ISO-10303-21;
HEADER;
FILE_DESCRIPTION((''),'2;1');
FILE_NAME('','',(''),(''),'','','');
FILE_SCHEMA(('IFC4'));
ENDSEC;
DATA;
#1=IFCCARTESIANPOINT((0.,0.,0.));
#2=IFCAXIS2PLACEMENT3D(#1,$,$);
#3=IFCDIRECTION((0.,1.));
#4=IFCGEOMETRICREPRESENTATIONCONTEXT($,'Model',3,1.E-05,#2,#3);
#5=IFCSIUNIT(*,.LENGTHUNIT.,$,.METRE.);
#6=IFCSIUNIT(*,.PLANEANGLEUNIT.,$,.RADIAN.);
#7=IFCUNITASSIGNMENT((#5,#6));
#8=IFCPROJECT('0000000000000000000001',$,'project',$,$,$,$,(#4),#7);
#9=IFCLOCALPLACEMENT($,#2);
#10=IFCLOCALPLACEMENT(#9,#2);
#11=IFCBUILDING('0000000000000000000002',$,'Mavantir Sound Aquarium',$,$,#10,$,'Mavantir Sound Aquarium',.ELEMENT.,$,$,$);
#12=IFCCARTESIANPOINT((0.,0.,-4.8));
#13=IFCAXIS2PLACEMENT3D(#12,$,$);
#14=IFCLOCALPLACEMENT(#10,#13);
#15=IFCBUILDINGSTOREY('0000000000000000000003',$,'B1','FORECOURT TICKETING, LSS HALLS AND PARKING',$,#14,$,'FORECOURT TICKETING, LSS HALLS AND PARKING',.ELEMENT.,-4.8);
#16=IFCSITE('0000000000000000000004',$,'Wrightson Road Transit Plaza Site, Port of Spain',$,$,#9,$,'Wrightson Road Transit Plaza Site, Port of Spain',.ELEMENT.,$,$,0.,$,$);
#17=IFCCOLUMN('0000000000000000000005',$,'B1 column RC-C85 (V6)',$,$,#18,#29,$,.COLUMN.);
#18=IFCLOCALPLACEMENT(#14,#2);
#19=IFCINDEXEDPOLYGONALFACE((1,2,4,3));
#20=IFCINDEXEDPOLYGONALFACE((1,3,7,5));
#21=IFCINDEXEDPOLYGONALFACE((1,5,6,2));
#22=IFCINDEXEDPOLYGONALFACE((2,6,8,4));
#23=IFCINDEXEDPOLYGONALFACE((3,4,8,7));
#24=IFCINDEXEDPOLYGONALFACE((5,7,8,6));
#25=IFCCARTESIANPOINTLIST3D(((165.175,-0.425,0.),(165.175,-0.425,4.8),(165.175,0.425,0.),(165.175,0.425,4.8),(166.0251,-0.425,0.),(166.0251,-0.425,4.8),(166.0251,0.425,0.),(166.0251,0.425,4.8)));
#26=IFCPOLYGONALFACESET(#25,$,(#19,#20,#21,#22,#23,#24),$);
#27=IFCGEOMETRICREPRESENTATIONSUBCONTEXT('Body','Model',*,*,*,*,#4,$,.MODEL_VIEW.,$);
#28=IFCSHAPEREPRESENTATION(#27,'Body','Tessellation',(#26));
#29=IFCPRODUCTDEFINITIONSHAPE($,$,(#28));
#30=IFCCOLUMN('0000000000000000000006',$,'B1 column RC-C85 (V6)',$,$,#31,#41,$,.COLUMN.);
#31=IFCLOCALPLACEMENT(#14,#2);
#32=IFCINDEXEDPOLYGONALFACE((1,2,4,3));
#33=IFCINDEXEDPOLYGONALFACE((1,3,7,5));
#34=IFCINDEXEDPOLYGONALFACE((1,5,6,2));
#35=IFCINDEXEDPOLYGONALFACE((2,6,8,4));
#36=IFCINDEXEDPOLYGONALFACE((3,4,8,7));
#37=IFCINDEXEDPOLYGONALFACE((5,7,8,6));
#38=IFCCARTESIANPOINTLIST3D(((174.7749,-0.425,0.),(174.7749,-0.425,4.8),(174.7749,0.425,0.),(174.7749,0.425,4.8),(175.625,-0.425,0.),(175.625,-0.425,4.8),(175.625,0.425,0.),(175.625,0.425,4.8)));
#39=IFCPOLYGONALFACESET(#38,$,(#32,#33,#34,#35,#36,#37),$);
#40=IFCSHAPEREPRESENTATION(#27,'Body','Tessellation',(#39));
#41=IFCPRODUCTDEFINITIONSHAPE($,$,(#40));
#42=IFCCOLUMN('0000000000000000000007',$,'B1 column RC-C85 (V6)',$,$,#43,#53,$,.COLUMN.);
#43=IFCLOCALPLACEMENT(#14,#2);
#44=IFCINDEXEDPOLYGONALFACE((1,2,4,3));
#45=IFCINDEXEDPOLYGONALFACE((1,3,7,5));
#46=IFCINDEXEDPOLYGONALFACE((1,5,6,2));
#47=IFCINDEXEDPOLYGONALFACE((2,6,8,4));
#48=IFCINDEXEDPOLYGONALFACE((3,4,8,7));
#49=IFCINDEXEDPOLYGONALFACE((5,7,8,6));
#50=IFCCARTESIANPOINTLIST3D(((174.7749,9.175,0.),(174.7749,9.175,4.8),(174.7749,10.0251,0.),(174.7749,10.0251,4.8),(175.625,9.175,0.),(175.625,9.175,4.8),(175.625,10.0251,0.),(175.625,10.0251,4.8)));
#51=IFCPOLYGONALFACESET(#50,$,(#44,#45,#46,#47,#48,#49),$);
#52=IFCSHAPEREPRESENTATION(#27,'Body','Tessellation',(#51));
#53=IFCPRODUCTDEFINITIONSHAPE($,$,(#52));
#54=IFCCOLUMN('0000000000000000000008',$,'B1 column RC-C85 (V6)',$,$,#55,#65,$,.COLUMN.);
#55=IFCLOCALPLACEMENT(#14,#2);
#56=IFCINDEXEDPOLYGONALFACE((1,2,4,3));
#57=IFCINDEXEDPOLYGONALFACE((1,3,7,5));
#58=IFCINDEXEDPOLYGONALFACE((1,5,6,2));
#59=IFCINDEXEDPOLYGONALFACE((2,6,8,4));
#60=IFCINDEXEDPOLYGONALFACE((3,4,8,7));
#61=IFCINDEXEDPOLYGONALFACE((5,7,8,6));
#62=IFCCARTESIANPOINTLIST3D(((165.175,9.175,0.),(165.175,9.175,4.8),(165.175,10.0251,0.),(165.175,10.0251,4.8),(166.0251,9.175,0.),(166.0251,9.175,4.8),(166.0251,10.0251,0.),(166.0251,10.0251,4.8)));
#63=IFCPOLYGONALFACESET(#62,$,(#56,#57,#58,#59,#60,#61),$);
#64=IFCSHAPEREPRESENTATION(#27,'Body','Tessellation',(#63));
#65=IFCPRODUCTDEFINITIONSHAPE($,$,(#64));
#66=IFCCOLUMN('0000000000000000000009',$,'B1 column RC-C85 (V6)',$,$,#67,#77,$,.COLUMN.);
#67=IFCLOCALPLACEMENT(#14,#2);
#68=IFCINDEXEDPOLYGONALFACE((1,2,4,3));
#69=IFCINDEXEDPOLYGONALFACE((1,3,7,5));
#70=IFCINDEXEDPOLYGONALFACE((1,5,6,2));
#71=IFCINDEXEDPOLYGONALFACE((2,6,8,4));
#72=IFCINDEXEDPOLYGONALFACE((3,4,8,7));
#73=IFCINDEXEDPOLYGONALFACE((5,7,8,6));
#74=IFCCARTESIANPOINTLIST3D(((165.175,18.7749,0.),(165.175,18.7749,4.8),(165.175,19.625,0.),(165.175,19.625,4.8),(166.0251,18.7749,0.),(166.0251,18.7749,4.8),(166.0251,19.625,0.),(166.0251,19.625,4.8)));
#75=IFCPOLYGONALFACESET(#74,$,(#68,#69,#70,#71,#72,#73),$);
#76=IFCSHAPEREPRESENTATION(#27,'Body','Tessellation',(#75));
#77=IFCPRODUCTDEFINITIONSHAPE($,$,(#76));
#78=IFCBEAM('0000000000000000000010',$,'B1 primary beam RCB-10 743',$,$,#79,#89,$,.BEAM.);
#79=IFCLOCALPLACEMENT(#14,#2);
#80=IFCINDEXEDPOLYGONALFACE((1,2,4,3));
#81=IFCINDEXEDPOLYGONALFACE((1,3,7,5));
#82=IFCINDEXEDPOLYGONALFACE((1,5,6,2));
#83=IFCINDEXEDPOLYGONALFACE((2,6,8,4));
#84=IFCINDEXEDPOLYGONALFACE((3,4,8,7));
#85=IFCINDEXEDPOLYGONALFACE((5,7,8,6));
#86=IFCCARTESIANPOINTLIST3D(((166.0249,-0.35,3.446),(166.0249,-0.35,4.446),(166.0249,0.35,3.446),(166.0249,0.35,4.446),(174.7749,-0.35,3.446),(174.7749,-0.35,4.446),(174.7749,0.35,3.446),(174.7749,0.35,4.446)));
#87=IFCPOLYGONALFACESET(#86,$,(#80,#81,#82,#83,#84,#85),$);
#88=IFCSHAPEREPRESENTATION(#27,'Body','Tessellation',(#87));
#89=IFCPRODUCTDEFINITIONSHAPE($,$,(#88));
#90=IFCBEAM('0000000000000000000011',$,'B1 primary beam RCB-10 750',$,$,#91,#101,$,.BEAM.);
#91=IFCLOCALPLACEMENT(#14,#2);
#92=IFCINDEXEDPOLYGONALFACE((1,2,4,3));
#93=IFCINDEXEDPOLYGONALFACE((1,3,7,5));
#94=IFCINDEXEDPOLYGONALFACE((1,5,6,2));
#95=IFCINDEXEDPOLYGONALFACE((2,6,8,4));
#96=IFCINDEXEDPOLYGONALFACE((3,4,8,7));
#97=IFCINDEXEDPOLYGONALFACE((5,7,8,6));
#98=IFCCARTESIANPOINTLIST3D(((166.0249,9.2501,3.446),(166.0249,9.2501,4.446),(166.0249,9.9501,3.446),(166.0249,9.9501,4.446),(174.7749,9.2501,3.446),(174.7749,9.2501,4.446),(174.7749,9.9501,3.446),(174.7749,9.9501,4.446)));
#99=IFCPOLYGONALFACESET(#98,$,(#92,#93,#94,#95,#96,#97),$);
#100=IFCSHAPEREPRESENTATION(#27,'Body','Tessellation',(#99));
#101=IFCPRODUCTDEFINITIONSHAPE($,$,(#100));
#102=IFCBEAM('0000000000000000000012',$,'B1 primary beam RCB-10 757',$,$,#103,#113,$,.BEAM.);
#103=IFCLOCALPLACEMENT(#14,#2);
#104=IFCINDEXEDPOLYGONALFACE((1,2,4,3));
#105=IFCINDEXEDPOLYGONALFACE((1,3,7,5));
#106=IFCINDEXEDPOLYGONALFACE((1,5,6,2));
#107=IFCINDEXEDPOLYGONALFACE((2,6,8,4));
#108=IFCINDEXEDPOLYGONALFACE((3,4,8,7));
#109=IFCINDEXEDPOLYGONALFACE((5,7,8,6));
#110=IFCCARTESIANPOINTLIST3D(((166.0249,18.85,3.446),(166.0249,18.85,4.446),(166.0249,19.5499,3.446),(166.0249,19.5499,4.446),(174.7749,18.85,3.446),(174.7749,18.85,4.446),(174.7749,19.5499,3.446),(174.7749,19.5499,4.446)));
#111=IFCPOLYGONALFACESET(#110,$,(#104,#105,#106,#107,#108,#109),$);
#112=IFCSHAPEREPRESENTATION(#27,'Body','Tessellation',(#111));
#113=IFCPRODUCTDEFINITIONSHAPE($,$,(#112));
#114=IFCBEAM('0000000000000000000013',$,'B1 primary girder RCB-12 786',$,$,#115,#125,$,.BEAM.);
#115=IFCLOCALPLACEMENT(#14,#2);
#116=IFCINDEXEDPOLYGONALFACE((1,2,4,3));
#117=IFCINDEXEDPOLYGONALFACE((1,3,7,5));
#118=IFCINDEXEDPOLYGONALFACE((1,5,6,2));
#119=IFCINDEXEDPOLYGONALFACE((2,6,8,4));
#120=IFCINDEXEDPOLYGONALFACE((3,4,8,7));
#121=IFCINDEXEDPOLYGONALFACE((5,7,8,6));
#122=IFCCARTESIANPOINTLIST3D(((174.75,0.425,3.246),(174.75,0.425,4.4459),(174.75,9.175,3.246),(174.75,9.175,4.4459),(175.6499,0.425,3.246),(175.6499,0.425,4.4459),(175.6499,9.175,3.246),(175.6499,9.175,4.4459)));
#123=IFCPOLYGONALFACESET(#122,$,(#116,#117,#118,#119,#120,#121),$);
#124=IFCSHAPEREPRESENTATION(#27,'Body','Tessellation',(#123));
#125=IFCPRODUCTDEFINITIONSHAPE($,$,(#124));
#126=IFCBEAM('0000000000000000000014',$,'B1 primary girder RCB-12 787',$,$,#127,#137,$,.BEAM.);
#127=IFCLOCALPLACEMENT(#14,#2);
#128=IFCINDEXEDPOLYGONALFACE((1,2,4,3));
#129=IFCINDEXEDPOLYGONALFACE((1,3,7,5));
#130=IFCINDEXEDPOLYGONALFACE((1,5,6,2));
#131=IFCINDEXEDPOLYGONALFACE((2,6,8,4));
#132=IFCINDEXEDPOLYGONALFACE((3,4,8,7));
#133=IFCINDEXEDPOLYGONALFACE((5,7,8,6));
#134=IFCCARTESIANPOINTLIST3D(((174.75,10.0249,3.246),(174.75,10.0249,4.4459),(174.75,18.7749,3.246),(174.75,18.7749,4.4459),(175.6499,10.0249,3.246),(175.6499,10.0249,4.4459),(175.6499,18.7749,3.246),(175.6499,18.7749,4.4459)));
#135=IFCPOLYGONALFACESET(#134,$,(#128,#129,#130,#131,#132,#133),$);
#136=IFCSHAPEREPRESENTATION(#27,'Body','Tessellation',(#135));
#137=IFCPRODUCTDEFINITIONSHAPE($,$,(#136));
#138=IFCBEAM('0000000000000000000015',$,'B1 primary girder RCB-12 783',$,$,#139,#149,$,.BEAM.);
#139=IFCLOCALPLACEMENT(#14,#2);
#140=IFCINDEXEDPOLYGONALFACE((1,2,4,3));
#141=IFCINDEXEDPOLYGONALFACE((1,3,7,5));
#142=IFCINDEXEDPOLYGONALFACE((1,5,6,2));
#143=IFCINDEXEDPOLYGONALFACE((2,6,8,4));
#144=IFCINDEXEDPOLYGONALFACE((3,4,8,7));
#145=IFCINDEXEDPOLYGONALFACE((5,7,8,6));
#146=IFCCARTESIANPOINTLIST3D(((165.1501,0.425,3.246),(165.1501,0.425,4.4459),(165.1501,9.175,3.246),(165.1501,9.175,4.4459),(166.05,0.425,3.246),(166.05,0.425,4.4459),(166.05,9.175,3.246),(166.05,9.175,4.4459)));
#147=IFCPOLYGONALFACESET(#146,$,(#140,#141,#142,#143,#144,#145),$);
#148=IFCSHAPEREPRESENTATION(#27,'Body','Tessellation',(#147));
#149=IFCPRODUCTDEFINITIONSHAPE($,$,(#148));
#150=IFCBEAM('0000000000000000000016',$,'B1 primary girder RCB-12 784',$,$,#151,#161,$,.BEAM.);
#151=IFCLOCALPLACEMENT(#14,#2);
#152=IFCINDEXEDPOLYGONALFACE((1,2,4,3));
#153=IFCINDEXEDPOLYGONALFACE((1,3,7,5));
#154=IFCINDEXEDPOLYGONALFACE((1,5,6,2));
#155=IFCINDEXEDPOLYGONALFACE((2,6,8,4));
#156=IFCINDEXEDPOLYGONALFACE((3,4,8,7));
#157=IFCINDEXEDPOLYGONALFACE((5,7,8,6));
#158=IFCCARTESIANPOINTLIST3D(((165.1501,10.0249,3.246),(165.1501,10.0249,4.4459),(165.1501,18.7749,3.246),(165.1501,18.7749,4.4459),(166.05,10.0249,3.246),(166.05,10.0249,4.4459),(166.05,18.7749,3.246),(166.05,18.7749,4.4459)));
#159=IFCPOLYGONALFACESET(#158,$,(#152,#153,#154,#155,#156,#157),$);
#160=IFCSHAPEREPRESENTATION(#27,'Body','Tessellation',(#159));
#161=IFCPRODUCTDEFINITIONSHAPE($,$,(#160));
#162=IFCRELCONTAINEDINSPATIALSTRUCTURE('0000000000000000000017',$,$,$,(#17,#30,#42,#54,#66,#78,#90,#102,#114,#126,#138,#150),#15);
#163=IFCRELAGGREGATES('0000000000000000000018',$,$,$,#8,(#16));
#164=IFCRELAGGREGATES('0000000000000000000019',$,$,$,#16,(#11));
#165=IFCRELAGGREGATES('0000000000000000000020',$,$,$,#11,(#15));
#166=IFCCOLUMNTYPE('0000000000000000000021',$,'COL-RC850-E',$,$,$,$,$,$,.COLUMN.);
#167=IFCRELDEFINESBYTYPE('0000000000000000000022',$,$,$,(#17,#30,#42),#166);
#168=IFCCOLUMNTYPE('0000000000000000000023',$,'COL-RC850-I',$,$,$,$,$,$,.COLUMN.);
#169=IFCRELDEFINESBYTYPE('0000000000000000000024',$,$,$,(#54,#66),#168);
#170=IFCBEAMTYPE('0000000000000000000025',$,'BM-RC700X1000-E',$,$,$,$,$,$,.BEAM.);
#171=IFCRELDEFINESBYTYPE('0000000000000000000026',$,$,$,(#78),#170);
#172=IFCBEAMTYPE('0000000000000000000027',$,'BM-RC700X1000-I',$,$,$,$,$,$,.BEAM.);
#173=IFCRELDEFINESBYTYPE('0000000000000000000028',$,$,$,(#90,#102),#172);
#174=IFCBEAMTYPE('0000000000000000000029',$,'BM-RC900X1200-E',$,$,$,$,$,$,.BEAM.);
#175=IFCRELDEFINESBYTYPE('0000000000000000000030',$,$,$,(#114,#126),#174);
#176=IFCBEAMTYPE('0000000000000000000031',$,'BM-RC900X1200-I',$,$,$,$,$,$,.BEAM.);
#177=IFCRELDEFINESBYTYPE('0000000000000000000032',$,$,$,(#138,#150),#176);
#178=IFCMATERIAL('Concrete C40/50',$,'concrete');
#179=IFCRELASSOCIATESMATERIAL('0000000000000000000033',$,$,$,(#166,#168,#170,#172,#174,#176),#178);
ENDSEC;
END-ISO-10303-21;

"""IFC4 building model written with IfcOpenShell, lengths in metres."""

from ifc_helpers import new_model, si_unit, direction, frame, origin, origin_2d, place, context, subcontext, project, spatial, rectangle, extrude, material, material_profile, profile_set, type_object, element, save


model = new_model("IFC4")

# Units and contexts
model_context = context("Model", 3, precision=1e-05, world=origin(), true_north=direction((0.0, 1.0)))
body_context = subcontext(model_context, "Body", "Model", "MODEL_VIEW")
ifc_project = project(units=[si_unit("LENGTHUNIT", "METRE"), si_unit("PLANEANGLEUNIT", "RADIAN")], contexts=[model_context])

# Site, building, storey
site_placement = place(None, origin())
site = spatial("IfcSite", under=ifc_project, at=site_placement, Name="Wrightson Road Transit Plaza Site, Port of Spain", LongName="Wrightson Road Transit Plaza Site, Port of Spain", CompositionType="ELEMENT", RefElevation=0.0)
building_placement = place(site_placement, origin())
building = spatial("IfcBuilding", under=site, at=building_placement, Name="Mavantir Sound Aquarium", LongName="Mavantir Sound Aquarium", CompositionType="ELEMENT")
storey_placement = place(building_placement, frame((0.0, 0.0, -4.8)))
storey = spatial("IfcBuildingStorey", under=building, at=storey_placement, Name="B1", Description="FORECOURT TICKETING, LSS HALLS AND PARKING", LongName="FORECOURT TICKETING, LSS HALLS AND PARKING", CompositionType="ELEMENT", Elevation=-4.8)

# Columns
ifc_material_1 = material(Name="Concrete C40/50", Category="concrete")
ifc_material_profile_1 = material_profile(ifc_material_1, rectangle(XDim=0.8501, YDim=0.8501, at=origin_2d()), Name="RC 850X850")
ifc_profile_set_1 = profile_set([ifc_material_profile_1], Name="Concrete C40/50")
column_type_1 = type_object("IfcColumnType", Name="COL-RC850-E", PredefinedType="COLUMN", material=ifc_profile_set_1)
for number, where, z_axis, x_axis, name in (
    (1, (165.6001, 0.0, 0.0), (0.0, 0.0, 1.0), (1.0, 0.0, 0.0), "B1 column RC-C85 (V6)"),
    (2, (175.2, 0.0, 0.0), (0.0, 0.0, 1.0), (1.0, 0.0, 0.0), "B1 column RC-C85 (V6)"),
    (3, (175.2, 9.6001, 0.0), (0.0, 0.0, 1.0), (1.0, 0.0, 0.0), "B1 column RC-C85 (V6)"),
):
    element("IfcColumn", number, at=place(storey_placement, frame(where, z_axis=z_axis, x_axis=x_axis)), inside=storey, type_object=column_type_1, Name=name, PredefinedType="COLUMN", context=body_context, shape_type="SweptSolid", body=[
        extrude(rectangle(XDim=0.8501, YDim=0.8501, at=origin_2d()), origin(), (0.0, 0.0, 1.0), 4.8),
    ])
ifc_material_profile_2 = material_profile(ifc_material_1, rectangle(XDim=0.8501, YDim=0.8501, at=origin_2d()), Name="RC 850X850")
ifc_profile_set_2 = profile_set([ifc_material_profile_2], Name="Concrete C40/50")
column_type_2 = type_object("IfcColumnType", Name="COL-RC850-I", PredefinedType="COLUMN", material=ifc_profile_set_2)
for number, where, z_axis, x_axis, name in (
    (4, (165.6001, 9.6001, 0.0), (0.0, 0.0, 1.0), (1.0, 0.0, 0.0), "B1 column RC-C85 (V6)"),
    (5, (165.6001, 19.2, 0.0), (0.0, 0.0, 1.0), (1.0, 0.0, 0.0), "B1 column RC-C85 (V6)"),
):
    element("IfcColumn", number, at=place(storey_placement, frame(where, z_axis=z_axis, x_axis=x_axis)), inside=storey, type_object=column_type_2, Name=name, PredefinedType="COLUMN", context=body_context, shape_type="SweptSolid", body=[
        extrude(rectangle(XDim=0.8501, YDim=0.8501, at=origin_2d()), origin(), (0.0, 0.0, 1.0), 4.8),
    ])

# Beams
ifc_material_profile_3 = material_profile(ifc_material_1, rectangle(XDim=0.7, YDim=1.0, at=origin_2d()), Name="RC 700X1000")
ifc_profile_set_3 = profile_set([ifc_material_profile_3], Name="Concrete C40/50")
beam_type_1 = type_object("IfcBeamType", Name="BM-RC700X1000-E", PredefinedType="BEAM", material=ifc_profile_set_3)
beam_1_placement = place(storey_placement, frame((166.0249, 0.0, 3.946), z_axis=(1.0, 0.0, 0.0), x_axis=(0.0, 1.0, 0.0)))
element("IfcBeam", 6, at=beam_1_placement, inside=storey, type_object=beam_type_1, Name="B1 primary beam RCB-10 743", PredefinedType="BEAM", context=body_context, shape_type="SweptSolid", body=[
    extrude(rectangle(XDim=0.7, YDim=1.0, at=origin_2d()), origin(), (0.0, 0.0, 1.0), 8.75),
])
ifc_material_profile_4 = material_profile(ifc_material_1, rectangle(XDim=0.7, YDim=1.0, at=origin_2d()), Name="RC 700X1000")
ifc_profile_set_4 = profile_set([ifc_material_profile_4], Name="Concrete C40/50")
beam_type_2 = type_object("IfcBeamType", Name="BM-RC700X1000-I", PredefinedType="BEAM", material=ifc_profile_set_4)
for number, where, z_axis, x_axis, name in (
    (7, (166.0249, 9.6001, 3.946), (1.0, 0.0, 0.0), (0.0, 1.0, 0.0), "B1 primary beam RCB-10 750"),
    (8, (166.0249, 19.2, 3.946), (1.0, 0.0, 0.0), (0.0, 1.0, 0.0), "B1 primary beam RCB-10 757"),
):
    element("IfcBeam", number, at=place(storey_placement, frame(where, z_axis=z_axis, x_axis=x_axis)), inside=storey, type_object=beam_type_2, Name=name, PredefinedType="BEAM", context=body_context, shape_type="SweptSolid", body=[
        extrude(rectangle(XDim=0.7, YDim=1.0, at=origin_2d()), origin(), (0.0, 0.0, 1.0), 8.75),
    ])
ifc_material_profile_5 = material_profile(ifc_material_1, rectangle(XDim=0.8999, YDim=1.2, at=origin_2d()), Name="RC 900X1200")
ifc_profile_set_5 = profile_set([ifc_material_profile_5], Name="Concrete C40/50")
beam_type_3 = type_object("IfcBeamType", Name="BM-RC900X1200-E", PredefinedType="BEAM", material=ifc_profile_set_5)
for number, where, z_axis, x_axis, name in (
    (9, (175.2, 0.425, 3.8459), (0.0, 1.0, 0.0), (-1.0, 0.0, 0.0), "B1 primary girder RCB-12 786"),
    (10, (175.2, 10.0249, 3.8459), (0.0, 1.0, 0.0), (-1.0, 0.0, 0.0), "B1 primary girder RCB-12 787"),
):
    element("IfcBeam", number, at=place(storey_placement, frame(where, z_axis=z_axis, x_axis=x_axis)), inside=storey, type_object=beam_type_3, Name=name, PredefinedType="BEAM", context=body_context, shape_type="SweptSolid", body=[
        extrude(rectangle(XDim=0.8999, YDim=1.2, at=origin_2d()), origin(), (0.0, 0.0, 1.0), 8.75),
    ])
ifc_material_profile_6 = material_profile(ifc_material_1, rectangle(XDim=0.8999, YDim=1.2, at=origin_2d()), Name="RC 900X1200")
ifc_profile_set_6 = profile_set([ifc_material_profile_6], Name="Concrete C40/50")
beam_type_4 = type_object("IfcBeamType", Name="BM-RC900X1200-I", PredefinedType="BEAM", material=ifc_profile_set_6)
for number, where, z_axis, x_axis, name in (
    (11, (165.6001, 0.425, 3.8459), (0.0, 1.0, 0.0), (-1.0, 0.0, 0.0), "B1 primary girder RCB-12 783"),
    (12, (165.6001, 10.0249, 3.8459), (0.0, 1.0, 0.0), (-1.0, 0.0, 0.0), "B1 primary girder RCB-12 784"),
):
    element("IfcBeam", number, at=place(storey_placement, frame(where, z_axis=z_axis, x_axis=x_axis)), inside=storey, type_object=beam_type_4, Name=name, PredefinedType="BEAM", context=body_context, shape_type="SweptSolid", body=[
        extrude(rectangle(XDim=0.8999, YDim=1.2, at=origin_2d()), origin(), (0.0, 0.0, 1.0), 8.75),
    ])

save(model, "model.ifc")
